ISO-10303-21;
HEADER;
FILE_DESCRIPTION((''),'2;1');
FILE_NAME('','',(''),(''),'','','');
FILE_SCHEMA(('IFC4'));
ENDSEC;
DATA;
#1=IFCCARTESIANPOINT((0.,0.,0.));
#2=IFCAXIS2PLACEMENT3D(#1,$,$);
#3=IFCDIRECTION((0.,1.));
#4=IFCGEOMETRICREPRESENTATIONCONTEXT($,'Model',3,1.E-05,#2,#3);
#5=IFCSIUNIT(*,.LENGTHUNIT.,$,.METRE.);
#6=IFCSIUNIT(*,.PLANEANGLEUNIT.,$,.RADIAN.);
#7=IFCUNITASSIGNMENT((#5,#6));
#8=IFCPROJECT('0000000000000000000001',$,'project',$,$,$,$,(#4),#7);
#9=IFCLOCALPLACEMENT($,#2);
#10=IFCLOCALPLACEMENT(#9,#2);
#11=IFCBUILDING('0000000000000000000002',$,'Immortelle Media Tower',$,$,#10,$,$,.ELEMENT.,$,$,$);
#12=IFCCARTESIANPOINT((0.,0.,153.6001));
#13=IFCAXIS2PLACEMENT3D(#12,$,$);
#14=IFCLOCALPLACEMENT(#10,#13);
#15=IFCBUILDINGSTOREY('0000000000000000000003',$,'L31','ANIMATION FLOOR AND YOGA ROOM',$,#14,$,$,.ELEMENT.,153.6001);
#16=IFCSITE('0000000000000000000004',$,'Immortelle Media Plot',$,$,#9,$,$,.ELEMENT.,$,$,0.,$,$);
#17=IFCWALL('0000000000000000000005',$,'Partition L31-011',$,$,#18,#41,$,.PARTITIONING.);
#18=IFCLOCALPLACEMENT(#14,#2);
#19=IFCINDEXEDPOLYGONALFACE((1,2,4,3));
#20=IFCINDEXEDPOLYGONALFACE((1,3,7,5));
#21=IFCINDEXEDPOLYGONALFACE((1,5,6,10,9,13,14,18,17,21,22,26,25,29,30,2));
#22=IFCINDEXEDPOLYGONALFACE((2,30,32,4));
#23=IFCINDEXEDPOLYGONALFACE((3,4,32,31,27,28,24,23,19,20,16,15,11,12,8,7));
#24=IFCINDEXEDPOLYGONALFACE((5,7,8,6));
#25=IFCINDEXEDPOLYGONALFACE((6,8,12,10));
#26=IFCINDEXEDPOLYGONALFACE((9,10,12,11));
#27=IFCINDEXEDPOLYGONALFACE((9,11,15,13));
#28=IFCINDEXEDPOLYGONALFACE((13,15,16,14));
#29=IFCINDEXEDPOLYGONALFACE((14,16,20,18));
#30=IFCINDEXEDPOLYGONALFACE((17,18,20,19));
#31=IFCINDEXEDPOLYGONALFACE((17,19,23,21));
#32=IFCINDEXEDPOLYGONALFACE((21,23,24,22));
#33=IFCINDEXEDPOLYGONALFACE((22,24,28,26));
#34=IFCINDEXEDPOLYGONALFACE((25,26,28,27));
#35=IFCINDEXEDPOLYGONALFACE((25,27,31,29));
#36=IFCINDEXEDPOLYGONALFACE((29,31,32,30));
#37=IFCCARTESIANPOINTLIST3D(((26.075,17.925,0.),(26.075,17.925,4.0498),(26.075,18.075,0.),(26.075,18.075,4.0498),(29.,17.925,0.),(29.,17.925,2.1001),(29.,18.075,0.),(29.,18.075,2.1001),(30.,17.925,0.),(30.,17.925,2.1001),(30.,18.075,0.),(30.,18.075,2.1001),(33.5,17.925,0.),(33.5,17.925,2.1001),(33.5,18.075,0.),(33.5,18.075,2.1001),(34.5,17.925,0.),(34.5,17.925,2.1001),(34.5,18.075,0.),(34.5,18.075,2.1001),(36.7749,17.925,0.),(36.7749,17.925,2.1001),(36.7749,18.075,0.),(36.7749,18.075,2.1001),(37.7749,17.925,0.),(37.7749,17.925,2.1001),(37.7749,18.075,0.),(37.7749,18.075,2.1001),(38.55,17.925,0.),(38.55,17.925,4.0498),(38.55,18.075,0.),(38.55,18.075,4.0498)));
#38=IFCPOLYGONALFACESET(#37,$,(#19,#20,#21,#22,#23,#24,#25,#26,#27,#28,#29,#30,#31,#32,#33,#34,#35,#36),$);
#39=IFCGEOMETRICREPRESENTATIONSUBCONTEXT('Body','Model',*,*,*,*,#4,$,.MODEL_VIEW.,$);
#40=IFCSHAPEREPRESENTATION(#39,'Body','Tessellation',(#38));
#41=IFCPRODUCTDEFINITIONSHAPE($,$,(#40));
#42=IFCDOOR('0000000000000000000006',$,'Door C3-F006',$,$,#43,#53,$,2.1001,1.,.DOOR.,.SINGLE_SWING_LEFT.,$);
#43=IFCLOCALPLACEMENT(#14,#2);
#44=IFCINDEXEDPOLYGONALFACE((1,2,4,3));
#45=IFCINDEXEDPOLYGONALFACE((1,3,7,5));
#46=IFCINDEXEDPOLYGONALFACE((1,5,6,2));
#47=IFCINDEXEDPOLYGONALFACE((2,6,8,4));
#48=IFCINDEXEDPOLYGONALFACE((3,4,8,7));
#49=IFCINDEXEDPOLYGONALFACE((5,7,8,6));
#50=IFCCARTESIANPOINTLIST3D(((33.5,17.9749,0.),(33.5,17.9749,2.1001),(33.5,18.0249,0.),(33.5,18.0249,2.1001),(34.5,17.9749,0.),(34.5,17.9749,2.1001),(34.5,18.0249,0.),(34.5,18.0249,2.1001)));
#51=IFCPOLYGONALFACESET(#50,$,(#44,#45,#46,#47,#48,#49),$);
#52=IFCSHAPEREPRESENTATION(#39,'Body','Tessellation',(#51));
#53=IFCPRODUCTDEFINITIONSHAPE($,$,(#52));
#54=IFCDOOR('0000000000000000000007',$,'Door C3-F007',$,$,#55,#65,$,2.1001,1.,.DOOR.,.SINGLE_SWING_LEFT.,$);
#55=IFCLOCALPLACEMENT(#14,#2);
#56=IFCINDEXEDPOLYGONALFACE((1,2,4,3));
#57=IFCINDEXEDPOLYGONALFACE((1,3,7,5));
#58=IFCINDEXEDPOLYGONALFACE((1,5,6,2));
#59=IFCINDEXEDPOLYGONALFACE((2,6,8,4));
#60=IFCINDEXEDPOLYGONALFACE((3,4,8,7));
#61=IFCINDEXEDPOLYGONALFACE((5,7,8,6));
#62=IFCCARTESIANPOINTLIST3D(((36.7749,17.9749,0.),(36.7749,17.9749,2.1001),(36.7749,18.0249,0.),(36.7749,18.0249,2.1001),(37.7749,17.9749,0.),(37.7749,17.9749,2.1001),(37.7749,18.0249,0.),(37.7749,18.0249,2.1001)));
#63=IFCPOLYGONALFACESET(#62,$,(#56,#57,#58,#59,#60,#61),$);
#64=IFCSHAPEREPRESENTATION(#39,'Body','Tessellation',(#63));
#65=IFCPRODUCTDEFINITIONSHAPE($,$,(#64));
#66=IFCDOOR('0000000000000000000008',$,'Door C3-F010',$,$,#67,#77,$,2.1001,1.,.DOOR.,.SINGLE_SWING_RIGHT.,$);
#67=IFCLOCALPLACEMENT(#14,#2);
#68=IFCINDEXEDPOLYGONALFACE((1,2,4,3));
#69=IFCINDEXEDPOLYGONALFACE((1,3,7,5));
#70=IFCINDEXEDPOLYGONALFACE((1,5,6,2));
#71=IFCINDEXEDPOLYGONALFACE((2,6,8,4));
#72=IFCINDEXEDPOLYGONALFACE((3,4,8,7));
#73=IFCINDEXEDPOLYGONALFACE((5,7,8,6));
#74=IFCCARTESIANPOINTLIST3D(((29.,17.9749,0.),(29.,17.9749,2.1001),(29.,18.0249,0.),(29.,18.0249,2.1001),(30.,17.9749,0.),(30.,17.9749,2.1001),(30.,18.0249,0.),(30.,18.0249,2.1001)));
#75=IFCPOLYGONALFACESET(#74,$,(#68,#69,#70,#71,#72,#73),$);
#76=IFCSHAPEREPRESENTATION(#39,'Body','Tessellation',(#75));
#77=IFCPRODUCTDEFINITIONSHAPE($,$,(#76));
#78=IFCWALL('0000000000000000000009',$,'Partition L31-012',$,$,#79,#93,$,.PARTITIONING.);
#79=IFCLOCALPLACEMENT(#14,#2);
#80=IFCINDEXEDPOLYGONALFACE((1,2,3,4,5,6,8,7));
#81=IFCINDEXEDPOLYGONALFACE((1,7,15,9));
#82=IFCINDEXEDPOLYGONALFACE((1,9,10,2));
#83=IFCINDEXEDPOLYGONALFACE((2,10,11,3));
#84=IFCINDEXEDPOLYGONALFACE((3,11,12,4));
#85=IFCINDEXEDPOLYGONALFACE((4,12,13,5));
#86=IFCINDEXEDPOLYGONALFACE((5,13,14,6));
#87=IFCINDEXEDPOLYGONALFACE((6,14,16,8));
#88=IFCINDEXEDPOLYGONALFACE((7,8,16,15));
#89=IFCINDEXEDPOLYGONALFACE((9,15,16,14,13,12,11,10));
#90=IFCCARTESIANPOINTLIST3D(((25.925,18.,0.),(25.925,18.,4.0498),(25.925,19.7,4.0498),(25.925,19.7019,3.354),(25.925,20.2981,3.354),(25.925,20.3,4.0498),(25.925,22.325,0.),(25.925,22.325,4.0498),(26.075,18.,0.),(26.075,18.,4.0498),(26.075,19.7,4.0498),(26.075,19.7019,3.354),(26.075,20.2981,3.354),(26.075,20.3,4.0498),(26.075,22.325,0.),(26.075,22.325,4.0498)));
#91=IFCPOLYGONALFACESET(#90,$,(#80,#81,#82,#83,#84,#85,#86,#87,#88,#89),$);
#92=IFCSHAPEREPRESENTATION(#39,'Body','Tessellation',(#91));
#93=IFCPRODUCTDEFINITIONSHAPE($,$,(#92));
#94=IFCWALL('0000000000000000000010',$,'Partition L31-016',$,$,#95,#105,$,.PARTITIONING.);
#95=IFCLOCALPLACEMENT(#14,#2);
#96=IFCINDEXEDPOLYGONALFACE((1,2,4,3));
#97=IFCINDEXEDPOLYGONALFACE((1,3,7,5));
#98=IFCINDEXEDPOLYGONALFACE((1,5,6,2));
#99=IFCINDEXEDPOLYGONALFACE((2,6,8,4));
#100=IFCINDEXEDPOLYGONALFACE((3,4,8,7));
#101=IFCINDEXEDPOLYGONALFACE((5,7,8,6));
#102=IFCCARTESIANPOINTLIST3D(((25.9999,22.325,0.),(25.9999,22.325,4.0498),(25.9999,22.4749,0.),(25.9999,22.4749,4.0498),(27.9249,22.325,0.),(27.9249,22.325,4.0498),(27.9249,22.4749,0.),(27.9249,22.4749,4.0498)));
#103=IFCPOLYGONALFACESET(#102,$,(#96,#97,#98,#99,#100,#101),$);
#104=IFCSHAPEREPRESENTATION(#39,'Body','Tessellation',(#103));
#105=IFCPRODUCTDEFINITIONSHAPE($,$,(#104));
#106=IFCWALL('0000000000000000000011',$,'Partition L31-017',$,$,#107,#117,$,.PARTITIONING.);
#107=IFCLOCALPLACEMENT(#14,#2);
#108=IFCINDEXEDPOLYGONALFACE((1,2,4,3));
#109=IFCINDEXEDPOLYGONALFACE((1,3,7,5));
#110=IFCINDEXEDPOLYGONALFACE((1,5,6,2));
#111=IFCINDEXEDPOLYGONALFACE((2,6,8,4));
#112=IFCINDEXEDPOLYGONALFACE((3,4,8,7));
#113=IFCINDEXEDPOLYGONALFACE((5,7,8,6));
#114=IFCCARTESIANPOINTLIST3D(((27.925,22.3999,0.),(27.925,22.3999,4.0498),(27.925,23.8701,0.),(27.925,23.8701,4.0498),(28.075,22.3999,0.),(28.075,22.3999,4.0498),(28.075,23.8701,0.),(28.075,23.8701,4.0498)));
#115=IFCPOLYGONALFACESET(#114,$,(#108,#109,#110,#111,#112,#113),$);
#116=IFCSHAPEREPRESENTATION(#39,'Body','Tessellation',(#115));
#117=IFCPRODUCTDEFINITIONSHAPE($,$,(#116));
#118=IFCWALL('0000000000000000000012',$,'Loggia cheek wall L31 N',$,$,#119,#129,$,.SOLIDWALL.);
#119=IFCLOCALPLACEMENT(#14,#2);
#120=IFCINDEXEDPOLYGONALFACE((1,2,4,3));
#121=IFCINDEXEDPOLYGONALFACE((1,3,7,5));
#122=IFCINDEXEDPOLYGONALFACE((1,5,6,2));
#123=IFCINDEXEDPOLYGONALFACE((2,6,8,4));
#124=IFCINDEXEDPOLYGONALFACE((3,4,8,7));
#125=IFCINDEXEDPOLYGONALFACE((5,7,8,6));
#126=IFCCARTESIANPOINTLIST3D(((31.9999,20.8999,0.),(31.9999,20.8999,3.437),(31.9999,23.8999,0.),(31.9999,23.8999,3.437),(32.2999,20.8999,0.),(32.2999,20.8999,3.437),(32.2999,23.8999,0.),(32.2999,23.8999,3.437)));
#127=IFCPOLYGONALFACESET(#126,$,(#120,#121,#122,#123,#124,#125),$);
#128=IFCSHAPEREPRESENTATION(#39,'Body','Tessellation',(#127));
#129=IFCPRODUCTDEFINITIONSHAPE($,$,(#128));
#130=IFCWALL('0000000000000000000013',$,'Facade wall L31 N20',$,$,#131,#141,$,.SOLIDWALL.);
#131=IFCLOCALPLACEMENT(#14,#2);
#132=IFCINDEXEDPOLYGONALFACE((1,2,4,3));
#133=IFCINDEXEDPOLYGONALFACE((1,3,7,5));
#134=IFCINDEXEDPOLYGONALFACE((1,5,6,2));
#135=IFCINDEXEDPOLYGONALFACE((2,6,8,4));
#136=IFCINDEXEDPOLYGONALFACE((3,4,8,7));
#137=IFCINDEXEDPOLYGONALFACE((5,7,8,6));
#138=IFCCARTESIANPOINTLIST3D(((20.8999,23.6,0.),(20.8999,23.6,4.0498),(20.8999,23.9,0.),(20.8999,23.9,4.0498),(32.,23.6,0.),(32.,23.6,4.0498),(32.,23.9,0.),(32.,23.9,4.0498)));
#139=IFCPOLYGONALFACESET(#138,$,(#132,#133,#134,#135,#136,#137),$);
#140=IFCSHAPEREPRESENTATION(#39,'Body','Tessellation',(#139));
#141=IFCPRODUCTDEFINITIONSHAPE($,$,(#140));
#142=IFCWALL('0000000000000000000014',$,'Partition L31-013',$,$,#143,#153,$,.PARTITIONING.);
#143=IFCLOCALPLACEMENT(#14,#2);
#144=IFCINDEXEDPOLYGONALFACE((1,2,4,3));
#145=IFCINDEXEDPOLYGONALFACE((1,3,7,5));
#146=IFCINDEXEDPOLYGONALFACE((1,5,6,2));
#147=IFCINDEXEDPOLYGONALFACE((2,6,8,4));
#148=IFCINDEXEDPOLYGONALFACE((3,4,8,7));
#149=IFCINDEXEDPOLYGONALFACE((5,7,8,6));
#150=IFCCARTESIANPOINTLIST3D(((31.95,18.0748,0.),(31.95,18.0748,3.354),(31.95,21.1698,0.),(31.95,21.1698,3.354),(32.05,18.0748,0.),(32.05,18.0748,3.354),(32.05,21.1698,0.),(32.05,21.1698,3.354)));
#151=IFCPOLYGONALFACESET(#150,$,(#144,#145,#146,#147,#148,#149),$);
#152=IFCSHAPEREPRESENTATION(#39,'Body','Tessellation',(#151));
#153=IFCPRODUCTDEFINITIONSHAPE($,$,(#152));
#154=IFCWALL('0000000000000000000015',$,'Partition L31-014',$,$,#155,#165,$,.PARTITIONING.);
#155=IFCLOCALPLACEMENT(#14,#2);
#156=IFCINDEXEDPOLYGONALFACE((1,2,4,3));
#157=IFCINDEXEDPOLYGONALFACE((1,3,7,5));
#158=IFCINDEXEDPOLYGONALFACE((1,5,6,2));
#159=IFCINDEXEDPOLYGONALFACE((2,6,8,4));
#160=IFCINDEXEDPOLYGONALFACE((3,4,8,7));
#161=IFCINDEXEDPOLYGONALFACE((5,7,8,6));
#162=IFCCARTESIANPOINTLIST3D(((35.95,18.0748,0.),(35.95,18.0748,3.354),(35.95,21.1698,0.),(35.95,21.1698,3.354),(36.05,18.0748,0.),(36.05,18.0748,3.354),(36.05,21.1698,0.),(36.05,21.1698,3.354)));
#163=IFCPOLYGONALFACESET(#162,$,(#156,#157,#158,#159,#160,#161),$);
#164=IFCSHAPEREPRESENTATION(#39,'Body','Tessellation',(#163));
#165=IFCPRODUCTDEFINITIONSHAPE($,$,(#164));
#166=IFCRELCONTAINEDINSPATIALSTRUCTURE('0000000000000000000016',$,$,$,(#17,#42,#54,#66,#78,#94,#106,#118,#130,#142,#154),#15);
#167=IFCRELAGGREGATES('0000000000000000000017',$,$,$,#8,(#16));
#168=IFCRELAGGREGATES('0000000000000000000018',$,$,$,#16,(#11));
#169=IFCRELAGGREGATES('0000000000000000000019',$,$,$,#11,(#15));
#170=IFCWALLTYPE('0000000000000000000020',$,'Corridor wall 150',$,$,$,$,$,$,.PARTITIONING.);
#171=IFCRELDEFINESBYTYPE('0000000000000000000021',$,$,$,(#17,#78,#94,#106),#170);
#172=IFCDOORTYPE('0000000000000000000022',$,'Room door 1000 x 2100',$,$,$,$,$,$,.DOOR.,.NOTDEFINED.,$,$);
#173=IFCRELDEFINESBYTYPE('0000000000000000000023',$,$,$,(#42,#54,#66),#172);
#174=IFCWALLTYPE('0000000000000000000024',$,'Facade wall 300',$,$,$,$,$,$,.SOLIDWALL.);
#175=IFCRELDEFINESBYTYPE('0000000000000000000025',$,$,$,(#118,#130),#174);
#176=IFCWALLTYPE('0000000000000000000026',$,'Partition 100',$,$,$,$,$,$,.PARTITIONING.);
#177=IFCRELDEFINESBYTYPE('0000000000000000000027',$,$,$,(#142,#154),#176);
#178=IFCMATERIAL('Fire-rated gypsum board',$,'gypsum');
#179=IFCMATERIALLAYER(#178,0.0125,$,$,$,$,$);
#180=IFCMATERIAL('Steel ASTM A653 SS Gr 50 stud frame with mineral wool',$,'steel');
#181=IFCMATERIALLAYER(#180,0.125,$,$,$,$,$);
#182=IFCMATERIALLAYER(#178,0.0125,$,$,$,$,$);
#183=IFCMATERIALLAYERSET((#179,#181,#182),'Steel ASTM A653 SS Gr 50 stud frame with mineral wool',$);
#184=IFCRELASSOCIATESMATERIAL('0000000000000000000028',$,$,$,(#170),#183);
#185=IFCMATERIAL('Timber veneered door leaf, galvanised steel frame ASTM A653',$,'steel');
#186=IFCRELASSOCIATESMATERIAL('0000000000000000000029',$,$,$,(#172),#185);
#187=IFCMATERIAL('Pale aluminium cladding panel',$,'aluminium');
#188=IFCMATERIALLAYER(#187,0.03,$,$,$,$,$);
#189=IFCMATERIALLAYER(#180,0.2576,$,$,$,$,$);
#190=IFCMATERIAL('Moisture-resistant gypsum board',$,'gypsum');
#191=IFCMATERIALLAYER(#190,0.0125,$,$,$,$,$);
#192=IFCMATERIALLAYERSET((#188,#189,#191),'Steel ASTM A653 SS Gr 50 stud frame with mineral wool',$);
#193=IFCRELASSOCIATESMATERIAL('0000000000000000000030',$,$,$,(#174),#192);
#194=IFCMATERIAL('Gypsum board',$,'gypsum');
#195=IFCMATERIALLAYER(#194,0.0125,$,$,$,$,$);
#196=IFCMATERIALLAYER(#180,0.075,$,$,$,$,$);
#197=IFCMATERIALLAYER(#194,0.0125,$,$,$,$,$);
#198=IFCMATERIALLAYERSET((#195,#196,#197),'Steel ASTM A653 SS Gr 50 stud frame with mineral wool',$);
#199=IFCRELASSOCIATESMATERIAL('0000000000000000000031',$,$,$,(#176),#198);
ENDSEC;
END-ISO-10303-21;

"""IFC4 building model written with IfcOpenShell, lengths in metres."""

from ifc_helpers import new_model, si_unit, direction, frame, frame_2d, origin, place, context, subcontext, project, spatial, polyline, rectangle, outline, extrude, material, layer, layer_set, type_object, element, fill, save


model = new_model("IFC4")

# Units and contexts
model_context = context("Model", 3, precision=1e-05, world=origin(), true_north=direction((0.0, 1.0)))
body_context = subcontext(model_context, "Body", "Model", "MODEL_VIEW")
ifc_project = project(units=[si_unit("LENGTHUNIT", "METRE"), si_unit("PLANEANGLEUNIT", "RADIAN")], contexts=[model_context])

# Site, building, storey
site_placement = place(None, origin())
site = spatial("IfcSite", under=ifc_project, at=site_placement, Name="Immortelle Media Plot", CompositionType="ELEMENT", RefElevation=0.0)
building_placement = place(site_placement, origin())
building = spatial("IfcBuilding", under=site, at=building_placement, Name="Immortelle Media Tower", CompositionType="ELEMENT")
storey_placement = place(building_placement, frame((0.0, 0.0, 153.6001)))
storey = spatial("IfcBuildingStorey", under=building, at=storey_placement, Name="L31", Description="ANIMATION FLOOR AND YOGA ROOM", CompositionType="ELEMENT", Elevation=153.6001)

# Wall, openings, doors
ifc_material_1 = material(Name="Fire-rated gypsum board", Category="gypsum")
ifc_layer_1 = layer(ifc_material_1, 0.0125)
ifc_material_2 = material(Name="Steel ASTM A653 SS Gr 50 stud frame with mineral wool", Category="steel")
ifc_layer_2 = layer(ifc_material_2, 0.125)
ifc_layer_3 = layer(ifc_material_1, 0.0125)
ifc_layer_set_1 = layer_set([ifc_layer_1, ifc_layer_2, ifc_layer_3], Name="Steel ASTM A653 SS Gr 50 stud frame with mineral wool")
wall_type_1 = type_object("IfcWallType", Name="Corridor wall 150", PredefinedType="PARTITIONING", material=ifc_layer_set_1)
wall_1_placement = place(storey_placement, frame((26.075, 18.0, 0.0), z_axis=(0.0, 0.0, 1.0), x_axis=(1.0, 0.0, 0.0)))
wall_1 = element("IfcWall", 1, at=wall_1_placement, inside=storey, type_object=wall_type_1, Name="Partition L31-011", PredefinedType="PARTITIONING", context=body_context, shape_type="SweptSolid", body=[
    extrude(rectangle(XDim=12.4751, YDim=0.1499, at=frame_2d((6.2375, 0.0))), origin(), (0.0, 0.0, 1.0), 4.0498),
])
opening_1_placement = place(wall_1_placement, frame((7.425, 0.0, 0.0)))
opening_1 = element("IfcOpeningElement", 2, at=opening_1_placement, cuts=wall_1, PredefinedType="OPENING", context=body_context, shape_type="SweptSolid", body=[
    extrude(rectangle(XDim=1.0, YDim=2.1001, at=frame_2d((0.5, 1.05))), frame((0.0, 0.085, 0.0), z_axis=(0.0, -1.0, 0.0), x_axis=(1.0, 0.0, 0.0)), (0.0, 0.0, 1.0), 0.1699),
])
opening_2_placement = place(wall_1_placement, frame((10.7, 0.0, 0.0)))
opening_2 = element("IfcOpeningElement", 3, at=opening_2_placement, cuts=wall_1, PredefinedType="OPENING", context=body_context, shape_type="SweptSolid", body=[
    extrude(rectangle(XDim=1.0, YDim=2.1001, at=frame_2d((0.5, 1.05))), frame((0.0, 0.085, 0.0), z_axis=(0.0, -1.0, 0.0), x_axis=(1.0, 0.0, 0.0)), (0.0, 0.0, 1.0), 0.1699),
])
opening_3_placement = place(wall_1_placement, frame((2.925, 0.0, 0.0)))
opening_3 = element("IfcOpeningElement", 4, at=opening_3_placement, cuts=wall_1, PredefinedType="OPENING", context=body_context, shape_type="SweptSolid", body=[
    extrude(rectangle(XDim=1.0, YDim=2.1001, at=frame_2d((0.5, 1.05))), frame((0.0, 0.085, 0.0), z_axis=(0.0, -1.0, 0.0), x_axis=(1.0, 0.0, 0.0)), (0.0, 0.0, 1.0), 0.1699),
])
ifc_material_3 = material(Name="Timber veneered door leaf, galvanised steel frame ASTM A653", Category="steel")
door_type = type_object("IfcDoorType", Name="Room door 1000 x 2100", OperationType="NOTDEFINED", PredefinedType="DOOR", material=ifc_material_3)
door_1_placement = place(opening_1_placement, origin())
door_1 = element("IfcDoor", 5, at=door_1_placement, inside=storey, type_object=door_type, Name="Door C3-F006", OperationType="SINGLE_SWING_LEFT", OverallHeight=2.1001, OverallWidth=1.0, PredefinedType="DOOR", context=body_context, shape_type="SweptSolid", body=[
    extrude(rectangle(XDim=1.0, YDim=2.1001, at=frame_2d((0.5, 1.05))), frame((0.0, 0.0249, 0.0), z_axis=(0.0, -1.0, 0.0), x_axis=(1.0, 0.0, 0.0)), (0.0, 0.0, 1.0), 0.05),
])
fill(opening_1, door_1)
door_2_placement = place(opening_2_placement, origin())
door_2 = element("IfcDoor", 6, at=door_2_placement, inside=storey, type_object=door_type, Name="Door C3-F007", OperationType="SINGLE_SWING_LEFT", OverallHeight=2.1001, OverallWidth=1.0, PredefinedType="DOOR", context=body_context, shape_type="SweptSolid", body=[
    extrude(rectangle(XDim=1.0, YDim=2.1001, at=frame_2d((0.5, 1.05))), frame((0.0, 0.0249, 0.0), z_axis=(0.0, -1.0, 0.0), x_axis=(1.0, 0.0, 0.0)), (0.0, 0.0, 1.0), 0.05),
])
fill(opening_2, door_2)
door_3_placement = place(opening_3_placement, origin())
door_3 = element("IfcDoor", 7, at=door_3_placement, inside=storey, type_object=door_type, Name="Door C3-F010", OperationType="SINGLE_SWING_RIGHT", OverallHeight=2.1001, OverallWidth=1.0, PredefinedType="DOOR", context=body_context, shape_type="SweptSolid", body=[
    extrude(rectangle(XDim=1.0, YDim=2.1001, at=frame_2d((0.5, 1.05))), frame((0.0, 0.0249, 0.0), z_axis=(0.0, -1.0, 0.0), x_axis=(1.0, 0.0, 0.0)), (0.0, 0.0, 1.0), 0.05),
])
fill(opening_3, door_3)

# Walls
wall_2_placement = place(storey_placement, frame((26.0, 18.0, 0.0), z_axis=(0.0, 0.0, 1.0), x_axis=(0.0, 1.0, 0.0)))
element("IfcWall", 8, at=wall_2_placement, inside=storey, type_object=wall_type_1, Name="Partition L31-012", PredefinedType="PARTITIONING", context=body_context, shape_type="SweptSolid", body=[
    extrude(outline(polyline([(0.0, 0.0), (4.325, 0.0), (4.325, 4.0498), (2.3, 4.0498), (2.2981, 3.354), (1.7019, 3.354), (1.7, 4.0498), (0.0, 4.0498), (0.0, 0.0)])), frame((0.0, 0.075, 0.0), z_axis=(0.0, -1.0, 0.0), x_axis=(1.0, 0.0, 0.0)), (0.0, 0.0, 1.0), 0.1499),
])
wall_3_placement = place(storey_placement, frame((26.0, 22.3999, 0.0), z_axis=(0.0, 0.0, 1.0), x_axis=(1.0, 0.0, 0.0)))
element("IfcWall", 9, at=wall_3_placement, inside=storey, type_object=wall_type_1, Name="Partition L31-016", PredefinedType="PARTITIONING", context=body_context, shape_type="SweptSolid", body=[
    extrude(rectangle(XDim=1.925, YDim=0.1499, at=frame_2d((0.9624, 0.0))), origin(), (0.0, 0.0, 1.0), 4.0498),
])
wall_4_placement = place(storey_placement, frame((28.0, 22.3999, 0.0), z_axis=(0.0, 0.0, 1.0), x_axis=(0.0, 1.0, 0.0)))
element("IfcWall", 10, at=wall_4_placement, inside=storey, type_object=wall_type_1, Name="Partition L31-017", PredefinedType="PARTITIONING", context=body_context, shape_type="SweptSolid", body=[
    extrude(rectangle(XDim=1.4702, YDim=0.1499, at=frame_2d((0.7351, 0.0))), origin(), (0.0, 0.0, 1.0), 4.0498),
])
ifc_material_4 = material(Name="Pale aluminium cladding panel", Category="aluminium")
ifc_layer_4 = layer(ifc_material_4, 0.03)
ifc_layer_5 = layer(ifc_material_2, 0.2576)
ifc_material_5 = material(Name="Moisture-resistant gypsum board", Category="gypsum")
ifc_layer_6 = layer(ifc_material_5, 0.0125)
ifc_layer_set_2 = layer_set([ifc_layer_4, ifc_layer_5, ifc_layer_6], Name="Steel ASTM A653 SS Gr 50 stud frame with mineral wool")
wall_type_2 = type_object("IfcWallType", Name="Facade wall 300", PredefinedType="SOLIDWALL", material=ifc_layer_set_2)
wall_5_placement = place(storey_placement, frame((32.1499, 23.8999, 0.0), z_axis=(0.0, 0.0, 1.0), x_axis=(0.0, -1.0, 0.0)))
element("IfcWall", 11, at=wall_5_placement, inside=storey, type_object=wall_type_2, Name="Loggia cheek wall L31 N", PredefinedType="SOLIDWALL", context=body_context, shape_type="SweptSolid", body=[
    extrude(rectangle(XDim=3.0, YDim=0.3, at=frame_2d((1.5, 0.0))), origin(), (0.0, 0.0, 1.0), 3.437),
])
wall_6_placement = place(storey_placement, frame((32.0, 23.75, 0.0), z_axis=(0.0, 0.0, 1.0), x_axis=(-1.0, 0.0, 0.0)))
element("IfcWall", 12, at=wall_6_placement, inside=storey, type_object=wall_type_2, Name="Facade wall L31 N20", PredefinedType="SOLIDWALL", context=body_context, shape_type="SweptSolid", body=[
    extrude(rectangle(XDim=11.1001, YDim=0.3, at=frame_2d((5.55, 0.0))), origin(), (0.0, 0.0, 1.0), 4.0498),
])
ifc_material_6 = material(Name="Gypsum board", Category="gypsum")
ifc_layer_7 = layer(ifc_material_6, 0.0125)
ifc_layer_8 = layer(ifc_material_2, 0.075)
ifc_layer_9 = layer(ifc_material_6, 0.0125)
ifc_layer_set_3 = layer_set([ifc_layer_7, ifc_layer_8, ifc_layer_9], Name="Steel ASTM A653 SS Gr 50 stud frame with mineral wool")
wall_type_3 = type_object("IfcWallType", Name="Partition 100", PredefinedType="PARTITIONING", material=ifc_layer_set_3)
for number, where, z_axis, x_axis, name in (
    (13, (32.0, 18.075, 0.0), (0.0, 0.0, 1.0), (0.0, 1.0, 0.0), "Partition L31-013"),
    (14, (36.0, 18.075, 0.0), (0.0, 0.0, 1.0), (0.0, 1.0, 0.0), "Partition L31-014"),
):
    element("IfcWall", number, at=place(storey_placement, frame(where, z_axis=z_axis, x_axis=x_axis)), inside=storey, type_object=wall_type_3, Name=name, PredefinedType="PARTITIONING", context=body_context, shape_type="SweptSolid", body=[
        extrude(rectangle(XDim=3.095, YDim=0.1001, at=frame_2d((1.5474, 0.0))), origin(), (0.0, 0.0, 1.0), 3.354),
    ])

save(model, "model.ifc")
